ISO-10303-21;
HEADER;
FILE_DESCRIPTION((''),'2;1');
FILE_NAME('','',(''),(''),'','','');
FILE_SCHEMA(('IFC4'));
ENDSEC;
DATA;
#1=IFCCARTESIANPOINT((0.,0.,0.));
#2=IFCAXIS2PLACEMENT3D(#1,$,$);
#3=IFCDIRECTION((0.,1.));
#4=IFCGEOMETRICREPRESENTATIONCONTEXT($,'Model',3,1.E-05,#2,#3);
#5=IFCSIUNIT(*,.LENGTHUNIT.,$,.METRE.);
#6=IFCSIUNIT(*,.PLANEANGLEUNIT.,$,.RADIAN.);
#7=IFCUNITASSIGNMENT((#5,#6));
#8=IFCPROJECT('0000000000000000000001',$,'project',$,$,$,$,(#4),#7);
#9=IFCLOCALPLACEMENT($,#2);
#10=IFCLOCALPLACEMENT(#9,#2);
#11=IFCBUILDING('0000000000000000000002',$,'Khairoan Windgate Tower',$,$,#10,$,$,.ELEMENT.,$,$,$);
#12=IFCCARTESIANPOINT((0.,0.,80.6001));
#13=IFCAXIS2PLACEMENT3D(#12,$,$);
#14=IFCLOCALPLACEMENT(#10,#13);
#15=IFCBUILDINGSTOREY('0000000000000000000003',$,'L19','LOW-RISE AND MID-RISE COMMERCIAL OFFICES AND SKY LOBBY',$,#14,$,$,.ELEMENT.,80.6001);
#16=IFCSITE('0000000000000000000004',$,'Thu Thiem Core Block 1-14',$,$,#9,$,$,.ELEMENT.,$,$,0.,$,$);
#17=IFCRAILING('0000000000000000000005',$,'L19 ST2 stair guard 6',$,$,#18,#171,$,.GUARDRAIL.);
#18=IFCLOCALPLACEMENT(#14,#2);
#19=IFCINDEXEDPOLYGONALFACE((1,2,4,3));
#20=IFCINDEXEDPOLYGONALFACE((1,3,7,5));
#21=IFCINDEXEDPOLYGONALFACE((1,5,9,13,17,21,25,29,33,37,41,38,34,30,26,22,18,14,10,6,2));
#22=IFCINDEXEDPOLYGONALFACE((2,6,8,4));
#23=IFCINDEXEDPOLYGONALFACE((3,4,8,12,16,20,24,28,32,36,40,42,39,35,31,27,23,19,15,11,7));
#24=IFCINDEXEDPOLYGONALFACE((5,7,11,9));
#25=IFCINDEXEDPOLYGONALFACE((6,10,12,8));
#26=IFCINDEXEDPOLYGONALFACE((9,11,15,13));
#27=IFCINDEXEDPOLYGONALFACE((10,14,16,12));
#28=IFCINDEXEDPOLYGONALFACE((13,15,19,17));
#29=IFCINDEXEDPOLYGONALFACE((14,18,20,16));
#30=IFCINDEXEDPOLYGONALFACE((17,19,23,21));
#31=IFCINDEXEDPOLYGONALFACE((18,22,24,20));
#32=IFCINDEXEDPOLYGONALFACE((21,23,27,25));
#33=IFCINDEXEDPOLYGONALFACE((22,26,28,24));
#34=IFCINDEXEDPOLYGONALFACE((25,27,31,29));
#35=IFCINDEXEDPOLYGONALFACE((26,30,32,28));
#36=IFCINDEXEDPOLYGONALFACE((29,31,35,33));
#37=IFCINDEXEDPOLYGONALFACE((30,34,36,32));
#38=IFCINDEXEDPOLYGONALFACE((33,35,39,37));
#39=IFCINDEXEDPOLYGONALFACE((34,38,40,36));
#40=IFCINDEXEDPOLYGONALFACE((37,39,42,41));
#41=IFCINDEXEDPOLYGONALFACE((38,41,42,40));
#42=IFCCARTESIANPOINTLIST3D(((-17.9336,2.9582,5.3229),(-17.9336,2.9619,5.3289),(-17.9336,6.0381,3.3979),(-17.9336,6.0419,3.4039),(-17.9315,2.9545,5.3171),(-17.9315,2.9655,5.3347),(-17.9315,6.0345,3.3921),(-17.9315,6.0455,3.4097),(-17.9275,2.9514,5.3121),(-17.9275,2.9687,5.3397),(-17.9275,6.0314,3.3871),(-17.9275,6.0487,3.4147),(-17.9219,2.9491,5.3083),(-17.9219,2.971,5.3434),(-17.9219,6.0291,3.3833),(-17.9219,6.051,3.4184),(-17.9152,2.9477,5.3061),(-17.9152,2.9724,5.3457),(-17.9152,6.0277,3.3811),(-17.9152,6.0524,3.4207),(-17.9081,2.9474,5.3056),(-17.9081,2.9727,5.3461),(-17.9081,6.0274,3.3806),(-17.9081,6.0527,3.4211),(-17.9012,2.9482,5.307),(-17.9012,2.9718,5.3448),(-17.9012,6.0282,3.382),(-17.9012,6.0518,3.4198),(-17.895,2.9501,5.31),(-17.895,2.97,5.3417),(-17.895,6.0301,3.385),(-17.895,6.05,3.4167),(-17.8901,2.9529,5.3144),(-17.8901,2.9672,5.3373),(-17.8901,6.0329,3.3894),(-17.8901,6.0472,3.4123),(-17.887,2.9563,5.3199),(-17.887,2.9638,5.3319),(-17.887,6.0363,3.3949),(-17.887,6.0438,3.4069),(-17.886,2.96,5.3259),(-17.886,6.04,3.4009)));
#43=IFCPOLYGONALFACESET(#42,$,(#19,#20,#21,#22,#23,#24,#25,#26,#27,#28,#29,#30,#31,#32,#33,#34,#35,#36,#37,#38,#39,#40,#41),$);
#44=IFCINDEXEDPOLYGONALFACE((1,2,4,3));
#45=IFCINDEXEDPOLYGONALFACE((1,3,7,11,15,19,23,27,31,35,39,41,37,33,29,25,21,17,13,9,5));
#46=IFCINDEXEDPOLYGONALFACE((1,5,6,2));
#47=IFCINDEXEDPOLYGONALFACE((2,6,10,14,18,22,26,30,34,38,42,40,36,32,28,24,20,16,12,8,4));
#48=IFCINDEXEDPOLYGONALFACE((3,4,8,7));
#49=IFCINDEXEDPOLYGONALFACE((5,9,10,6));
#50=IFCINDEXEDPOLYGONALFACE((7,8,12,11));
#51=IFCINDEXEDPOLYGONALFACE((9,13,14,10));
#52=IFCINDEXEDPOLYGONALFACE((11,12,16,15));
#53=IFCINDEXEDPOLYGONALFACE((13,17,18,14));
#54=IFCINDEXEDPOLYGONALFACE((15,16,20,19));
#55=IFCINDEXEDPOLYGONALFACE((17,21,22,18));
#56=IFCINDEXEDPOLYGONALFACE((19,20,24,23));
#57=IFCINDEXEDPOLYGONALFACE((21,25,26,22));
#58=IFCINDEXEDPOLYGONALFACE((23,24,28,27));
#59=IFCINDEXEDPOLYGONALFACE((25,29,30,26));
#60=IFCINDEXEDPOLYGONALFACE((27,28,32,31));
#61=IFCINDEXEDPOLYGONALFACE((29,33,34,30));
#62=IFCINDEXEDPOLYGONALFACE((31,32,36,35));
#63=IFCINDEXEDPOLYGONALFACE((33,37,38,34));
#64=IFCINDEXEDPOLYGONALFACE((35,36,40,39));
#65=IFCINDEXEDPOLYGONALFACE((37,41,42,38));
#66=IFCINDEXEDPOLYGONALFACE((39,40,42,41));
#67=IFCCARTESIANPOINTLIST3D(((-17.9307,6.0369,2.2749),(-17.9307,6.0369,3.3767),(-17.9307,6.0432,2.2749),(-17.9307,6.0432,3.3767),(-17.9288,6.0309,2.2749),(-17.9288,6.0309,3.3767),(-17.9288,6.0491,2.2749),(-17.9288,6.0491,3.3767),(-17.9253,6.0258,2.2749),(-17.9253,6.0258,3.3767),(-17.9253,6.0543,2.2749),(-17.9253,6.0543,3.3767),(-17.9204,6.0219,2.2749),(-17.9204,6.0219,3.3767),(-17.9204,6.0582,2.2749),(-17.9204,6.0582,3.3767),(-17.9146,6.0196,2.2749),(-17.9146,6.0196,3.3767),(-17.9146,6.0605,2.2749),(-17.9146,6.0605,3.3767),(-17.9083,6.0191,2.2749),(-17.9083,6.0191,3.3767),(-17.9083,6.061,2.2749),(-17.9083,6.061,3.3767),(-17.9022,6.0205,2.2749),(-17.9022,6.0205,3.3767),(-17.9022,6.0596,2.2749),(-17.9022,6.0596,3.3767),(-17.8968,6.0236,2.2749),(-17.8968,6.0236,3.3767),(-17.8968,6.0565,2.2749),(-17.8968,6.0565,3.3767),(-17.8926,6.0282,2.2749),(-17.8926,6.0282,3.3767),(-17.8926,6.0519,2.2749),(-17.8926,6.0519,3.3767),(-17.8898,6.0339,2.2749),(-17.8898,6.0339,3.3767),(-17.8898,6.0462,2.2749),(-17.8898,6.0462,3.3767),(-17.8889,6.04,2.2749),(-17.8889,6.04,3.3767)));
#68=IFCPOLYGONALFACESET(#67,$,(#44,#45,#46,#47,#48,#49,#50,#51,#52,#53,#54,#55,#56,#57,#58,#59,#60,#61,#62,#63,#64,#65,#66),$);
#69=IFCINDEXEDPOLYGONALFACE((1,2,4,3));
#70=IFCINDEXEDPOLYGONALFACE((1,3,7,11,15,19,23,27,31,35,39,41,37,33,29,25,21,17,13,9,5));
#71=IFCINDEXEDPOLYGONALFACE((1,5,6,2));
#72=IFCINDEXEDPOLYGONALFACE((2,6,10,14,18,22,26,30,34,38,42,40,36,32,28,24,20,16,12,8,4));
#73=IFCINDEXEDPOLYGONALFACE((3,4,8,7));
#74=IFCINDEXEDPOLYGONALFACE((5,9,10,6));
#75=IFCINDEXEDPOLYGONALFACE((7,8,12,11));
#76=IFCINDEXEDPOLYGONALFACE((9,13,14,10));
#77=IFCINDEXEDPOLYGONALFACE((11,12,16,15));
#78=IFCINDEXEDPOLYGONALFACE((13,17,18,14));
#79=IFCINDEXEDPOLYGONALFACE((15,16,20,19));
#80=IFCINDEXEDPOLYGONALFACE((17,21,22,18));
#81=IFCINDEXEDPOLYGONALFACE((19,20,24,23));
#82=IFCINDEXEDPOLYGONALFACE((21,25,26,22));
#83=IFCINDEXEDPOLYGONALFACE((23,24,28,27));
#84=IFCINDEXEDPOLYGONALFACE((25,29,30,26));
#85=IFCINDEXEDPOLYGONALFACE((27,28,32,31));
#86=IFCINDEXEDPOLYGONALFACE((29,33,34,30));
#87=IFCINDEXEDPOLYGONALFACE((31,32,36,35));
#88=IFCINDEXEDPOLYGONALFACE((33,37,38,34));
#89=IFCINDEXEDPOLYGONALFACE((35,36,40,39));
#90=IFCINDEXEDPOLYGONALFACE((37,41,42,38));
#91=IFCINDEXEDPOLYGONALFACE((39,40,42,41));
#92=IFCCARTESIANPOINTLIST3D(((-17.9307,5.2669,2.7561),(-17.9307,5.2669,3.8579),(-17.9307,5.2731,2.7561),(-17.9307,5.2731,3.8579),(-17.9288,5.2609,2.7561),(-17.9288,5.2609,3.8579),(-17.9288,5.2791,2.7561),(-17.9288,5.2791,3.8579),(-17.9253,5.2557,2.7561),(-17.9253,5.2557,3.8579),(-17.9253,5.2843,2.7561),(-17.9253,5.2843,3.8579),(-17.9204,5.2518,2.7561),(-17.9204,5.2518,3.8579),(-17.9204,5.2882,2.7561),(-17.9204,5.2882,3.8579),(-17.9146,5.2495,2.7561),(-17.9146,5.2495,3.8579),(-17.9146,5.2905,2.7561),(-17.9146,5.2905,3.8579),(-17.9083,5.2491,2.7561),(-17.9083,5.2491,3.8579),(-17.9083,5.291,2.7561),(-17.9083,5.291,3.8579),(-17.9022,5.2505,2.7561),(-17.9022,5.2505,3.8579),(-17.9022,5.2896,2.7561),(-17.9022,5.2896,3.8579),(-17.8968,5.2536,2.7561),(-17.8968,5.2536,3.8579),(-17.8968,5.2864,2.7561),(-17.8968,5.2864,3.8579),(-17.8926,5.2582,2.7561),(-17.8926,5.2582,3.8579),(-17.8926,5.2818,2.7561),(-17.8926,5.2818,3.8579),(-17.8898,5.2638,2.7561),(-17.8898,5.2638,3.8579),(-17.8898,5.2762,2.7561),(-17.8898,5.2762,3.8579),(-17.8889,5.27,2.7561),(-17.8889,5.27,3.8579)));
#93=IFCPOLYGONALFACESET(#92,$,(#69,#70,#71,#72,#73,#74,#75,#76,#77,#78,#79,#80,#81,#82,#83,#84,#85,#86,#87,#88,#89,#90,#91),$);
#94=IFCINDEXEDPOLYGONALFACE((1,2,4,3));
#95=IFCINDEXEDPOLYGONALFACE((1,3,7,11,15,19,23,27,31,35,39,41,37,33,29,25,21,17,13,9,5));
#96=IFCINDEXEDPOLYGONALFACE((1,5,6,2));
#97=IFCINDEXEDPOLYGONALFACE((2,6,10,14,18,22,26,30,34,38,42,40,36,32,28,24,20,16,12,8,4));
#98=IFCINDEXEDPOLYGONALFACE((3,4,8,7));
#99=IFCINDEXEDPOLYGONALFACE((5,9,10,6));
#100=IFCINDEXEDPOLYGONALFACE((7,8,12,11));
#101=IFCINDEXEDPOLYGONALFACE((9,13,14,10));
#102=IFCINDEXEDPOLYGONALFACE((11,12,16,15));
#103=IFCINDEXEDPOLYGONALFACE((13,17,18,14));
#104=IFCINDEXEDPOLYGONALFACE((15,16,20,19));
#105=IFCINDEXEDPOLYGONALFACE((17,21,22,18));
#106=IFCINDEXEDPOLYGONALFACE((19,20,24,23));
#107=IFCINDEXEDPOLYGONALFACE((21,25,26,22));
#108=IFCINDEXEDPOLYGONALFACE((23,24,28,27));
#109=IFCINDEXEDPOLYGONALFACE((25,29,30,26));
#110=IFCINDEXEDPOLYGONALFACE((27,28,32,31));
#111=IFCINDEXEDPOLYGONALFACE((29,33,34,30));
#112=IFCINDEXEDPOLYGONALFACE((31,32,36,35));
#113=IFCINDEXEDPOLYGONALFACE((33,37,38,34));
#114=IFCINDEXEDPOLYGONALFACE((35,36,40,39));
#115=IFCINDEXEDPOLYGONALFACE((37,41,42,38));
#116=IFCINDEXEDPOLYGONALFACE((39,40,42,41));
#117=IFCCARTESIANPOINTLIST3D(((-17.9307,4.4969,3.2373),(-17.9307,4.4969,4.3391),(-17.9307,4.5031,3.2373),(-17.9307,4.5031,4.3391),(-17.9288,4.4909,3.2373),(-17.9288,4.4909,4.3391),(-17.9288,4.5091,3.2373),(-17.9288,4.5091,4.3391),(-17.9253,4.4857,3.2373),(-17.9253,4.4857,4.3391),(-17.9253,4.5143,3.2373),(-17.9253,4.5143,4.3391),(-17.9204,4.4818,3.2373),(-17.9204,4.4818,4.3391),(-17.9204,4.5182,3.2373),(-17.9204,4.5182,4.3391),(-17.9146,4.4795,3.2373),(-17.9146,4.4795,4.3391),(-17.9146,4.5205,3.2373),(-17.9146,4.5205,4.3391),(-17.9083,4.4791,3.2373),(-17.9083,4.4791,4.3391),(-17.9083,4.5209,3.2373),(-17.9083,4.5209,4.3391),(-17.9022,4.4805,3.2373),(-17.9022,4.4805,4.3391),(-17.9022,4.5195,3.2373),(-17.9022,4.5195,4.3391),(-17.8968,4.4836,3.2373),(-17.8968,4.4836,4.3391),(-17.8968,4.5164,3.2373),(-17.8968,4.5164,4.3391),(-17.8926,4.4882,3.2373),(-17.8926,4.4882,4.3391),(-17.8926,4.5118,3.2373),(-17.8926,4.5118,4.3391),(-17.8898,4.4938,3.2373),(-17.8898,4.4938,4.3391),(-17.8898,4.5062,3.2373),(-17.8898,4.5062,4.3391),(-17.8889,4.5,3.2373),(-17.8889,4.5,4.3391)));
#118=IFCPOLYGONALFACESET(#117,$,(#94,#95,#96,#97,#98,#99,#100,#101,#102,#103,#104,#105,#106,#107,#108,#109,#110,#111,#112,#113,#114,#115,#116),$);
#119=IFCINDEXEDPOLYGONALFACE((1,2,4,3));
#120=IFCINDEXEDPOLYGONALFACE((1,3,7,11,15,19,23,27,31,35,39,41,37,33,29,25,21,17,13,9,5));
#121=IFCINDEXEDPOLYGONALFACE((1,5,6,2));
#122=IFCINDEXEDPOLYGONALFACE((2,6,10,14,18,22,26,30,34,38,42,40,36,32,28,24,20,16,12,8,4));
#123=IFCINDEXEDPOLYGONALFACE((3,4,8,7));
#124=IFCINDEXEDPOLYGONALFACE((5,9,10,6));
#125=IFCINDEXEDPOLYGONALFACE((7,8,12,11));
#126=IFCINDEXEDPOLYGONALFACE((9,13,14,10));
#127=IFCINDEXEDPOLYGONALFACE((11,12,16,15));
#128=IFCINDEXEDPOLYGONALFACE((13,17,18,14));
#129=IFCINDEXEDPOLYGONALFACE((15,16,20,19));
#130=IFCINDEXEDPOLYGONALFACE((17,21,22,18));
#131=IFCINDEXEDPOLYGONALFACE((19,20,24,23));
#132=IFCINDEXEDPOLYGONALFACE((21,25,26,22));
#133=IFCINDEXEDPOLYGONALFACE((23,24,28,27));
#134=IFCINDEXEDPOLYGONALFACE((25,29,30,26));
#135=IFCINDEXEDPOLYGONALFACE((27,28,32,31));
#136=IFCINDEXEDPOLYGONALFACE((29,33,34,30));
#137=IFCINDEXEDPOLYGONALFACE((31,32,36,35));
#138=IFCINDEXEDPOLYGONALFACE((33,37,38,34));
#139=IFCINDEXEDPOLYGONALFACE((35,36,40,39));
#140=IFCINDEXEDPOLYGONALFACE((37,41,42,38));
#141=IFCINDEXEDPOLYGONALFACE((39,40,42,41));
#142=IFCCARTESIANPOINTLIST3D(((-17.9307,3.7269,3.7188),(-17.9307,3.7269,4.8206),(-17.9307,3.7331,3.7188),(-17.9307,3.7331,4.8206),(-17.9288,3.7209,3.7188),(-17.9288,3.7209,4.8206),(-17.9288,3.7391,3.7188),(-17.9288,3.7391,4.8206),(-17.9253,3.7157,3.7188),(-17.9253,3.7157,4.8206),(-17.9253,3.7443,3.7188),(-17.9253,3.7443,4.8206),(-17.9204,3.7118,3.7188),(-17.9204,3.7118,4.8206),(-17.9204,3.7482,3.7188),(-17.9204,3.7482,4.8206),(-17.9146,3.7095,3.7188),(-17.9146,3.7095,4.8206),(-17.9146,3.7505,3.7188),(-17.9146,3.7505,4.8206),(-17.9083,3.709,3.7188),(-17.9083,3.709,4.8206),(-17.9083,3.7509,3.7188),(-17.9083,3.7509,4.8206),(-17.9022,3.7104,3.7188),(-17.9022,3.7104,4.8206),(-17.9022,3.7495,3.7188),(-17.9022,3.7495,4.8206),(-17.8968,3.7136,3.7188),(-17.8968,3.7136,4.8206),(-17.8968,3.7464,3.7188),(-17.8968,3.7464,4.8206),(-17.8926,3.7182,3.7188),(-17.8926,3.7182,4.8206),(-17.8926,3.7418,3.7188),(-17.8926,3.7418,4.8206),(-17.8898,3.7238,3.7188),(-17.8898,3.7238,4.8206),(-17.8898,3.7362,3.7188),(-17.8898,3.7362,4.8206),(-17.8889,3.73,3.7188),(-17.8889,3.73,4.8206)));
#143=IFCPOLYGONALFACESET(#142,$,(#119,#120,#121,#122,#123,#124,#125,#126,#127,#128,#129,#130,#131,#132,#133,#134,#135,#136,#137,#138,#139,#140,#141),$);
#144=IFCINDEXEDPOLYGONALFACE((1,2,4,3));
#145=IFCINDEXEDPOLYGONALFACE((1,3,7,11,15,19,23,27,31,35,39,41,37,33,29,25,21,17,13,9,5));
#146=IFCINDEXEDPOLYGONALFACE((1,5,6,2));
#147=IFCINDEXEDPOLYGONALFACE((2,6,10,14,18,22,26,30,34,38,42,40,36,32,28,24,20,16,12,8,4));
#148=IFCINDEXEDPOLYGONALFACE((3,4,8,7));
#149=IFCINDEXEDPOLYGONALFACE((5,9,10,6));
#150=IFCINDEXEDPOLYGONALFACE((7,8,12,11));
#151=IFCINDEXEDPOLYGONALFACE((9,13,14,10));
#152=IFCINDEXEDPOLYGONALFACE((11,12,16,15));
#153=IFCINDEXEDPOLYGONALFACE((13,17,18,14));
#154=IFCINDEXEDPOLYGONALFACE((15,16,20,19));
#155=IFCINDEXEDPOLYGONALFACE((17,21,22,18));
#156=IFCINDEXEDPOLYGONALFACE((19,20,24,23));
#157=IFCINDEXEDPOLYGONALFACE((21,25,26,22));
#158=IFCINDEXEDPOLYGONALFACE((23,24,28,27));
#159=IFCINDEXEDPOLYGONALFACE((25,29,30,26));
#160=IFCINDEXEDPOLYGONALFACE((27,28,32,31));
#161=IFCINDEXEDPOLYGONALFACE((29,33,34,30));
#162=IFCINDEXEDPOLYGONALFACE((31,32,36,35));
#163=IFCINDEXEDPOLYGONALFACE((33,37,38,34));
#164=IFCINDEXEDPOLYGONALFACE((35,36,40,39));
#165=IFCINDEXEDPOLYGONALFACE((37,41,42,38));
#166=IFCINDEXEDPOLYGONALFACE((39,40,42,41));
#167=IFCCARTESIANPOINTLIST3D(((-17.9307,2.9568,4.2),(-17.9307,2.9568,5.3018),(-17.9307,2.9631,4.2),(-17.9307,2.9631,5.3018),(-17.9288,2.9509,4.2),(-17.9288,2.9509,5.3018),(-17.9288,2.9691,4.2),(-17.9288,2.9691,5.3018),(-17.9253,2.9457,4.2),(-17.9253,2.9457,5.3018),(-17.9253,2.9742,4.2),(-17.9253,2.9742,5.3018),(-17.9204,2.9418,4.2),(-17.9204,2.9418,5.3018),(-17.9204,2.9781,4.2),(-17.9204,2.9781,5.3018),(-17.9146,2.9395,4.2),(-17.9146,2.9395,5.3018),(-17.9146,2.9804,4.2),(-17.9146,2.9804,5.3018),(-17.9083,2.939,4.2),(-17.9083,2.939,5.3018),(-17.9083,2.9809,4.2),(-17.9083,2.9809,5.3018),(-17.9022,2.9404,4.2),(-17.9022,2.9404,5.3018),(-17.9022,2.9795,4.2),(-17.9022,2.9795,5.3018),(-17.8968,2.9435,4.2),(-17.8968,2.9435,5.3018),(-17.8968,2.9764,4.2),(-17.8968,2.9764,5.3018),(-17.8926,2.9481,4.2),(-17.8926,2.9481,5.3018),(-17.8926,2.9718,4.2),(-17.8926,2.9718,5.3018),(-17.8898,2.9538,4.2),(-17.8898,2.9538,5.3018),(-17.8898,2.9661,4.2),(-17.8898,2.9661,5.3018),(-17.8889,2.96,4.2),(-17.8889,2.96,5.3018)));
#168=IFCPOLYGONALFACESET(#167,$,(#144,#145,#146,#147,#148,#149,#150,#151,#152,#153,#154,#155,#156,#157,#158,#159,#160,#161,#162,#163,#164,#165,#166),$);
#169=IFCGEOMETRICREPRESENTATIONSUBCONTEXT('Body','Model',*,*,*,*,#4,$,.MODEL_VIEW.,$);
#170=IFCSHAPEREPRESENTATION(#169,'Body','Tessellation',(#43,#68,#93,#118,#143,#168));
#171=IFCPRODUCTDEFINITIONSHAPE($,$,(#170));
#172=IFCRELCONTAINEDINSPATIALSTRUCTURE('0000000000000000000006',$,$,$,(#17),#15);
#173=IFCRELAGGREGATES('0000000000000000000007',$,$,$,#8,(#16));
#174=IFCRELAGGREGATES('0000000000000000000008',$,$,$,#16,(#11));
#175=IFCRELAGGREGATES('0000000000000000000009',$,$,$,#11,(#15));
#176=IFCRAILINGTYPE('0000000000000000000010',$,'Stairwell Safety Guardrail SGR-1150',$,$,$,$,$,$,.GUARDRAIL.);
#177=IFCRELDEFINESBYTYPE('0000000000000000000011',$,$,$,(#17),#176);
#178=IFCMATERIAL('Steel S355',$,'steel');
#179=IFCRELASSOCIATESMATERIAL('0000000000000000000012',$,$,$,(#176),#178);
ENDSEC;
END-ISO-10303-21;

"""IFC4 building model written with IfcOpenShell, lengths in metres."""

from ifc_helpers import new_model, si_unit, direction, frame, origin, origin_2d, place, context, subcontext, project, spatial, circle, extrude, material, type_object, element, save


model = new_model("IFC4")

# Units and contexts
model_context = context("Model", 3, precision=1e-05, world=origin(), true_north=direction((0.0, 1.0)))
body_context = subcontext(model_context, "Body", "Model", "MODEL_VIEW")
ifc_project = project(units=[si_unit("LENGTHUNIT", "METRE"), si_unit("PLANEANGLEUNIT", "RADIAN")], contexts=[model_context])

# Site, building, storey
site_placement = place(None, origin())
site = spatial("IfcSite", under=ifc_project, at=site_placement, Name="Thu Thiem Core Block 1-14", CompositionType="ELEMENT", RefElevation=0.0)
building_placement = place(site_placement, origin())
building = spatial("IfcBuilding", under=site, at=building_placement, Name="Khairoan Windgate Tower", CompositionType="ELEMENT")
storey_placement = place(building_placement, frame((0.0, 0.0, 80.6001)))
storey = spatial("IfcBuildingStorey", under=building, at=storey_placement, Name="L19", Description="LOW-RISE AND MID-RISE COMMERCIAL OFFICES AND SKY LOBBY", CompositionType="ELEMENT", Elevation=80.6001)

# Railing
ifc_material_1 = material(Name="Steel S355", Category="steel")
railing_type_1 = type_object("IfcRailingType", Name="Stairwell Safety Guardrail SGR-1150", PredefinedType="GUARDRAIL", material=ifc_material_1)
railing_1_placement = place(storey_placement, frame((-17.9099, 6.04, 2.2749)))
element("IfcRailing", 1, at=railing_1_placement, inside=storey, type_object=railing_type_1, Name="L19 ST2 stair guard 6", PredefinedType="GUARDRAIL", context=body_context, shape_type="SweptSolid", body=[
    extrude(circle(Radius=0.0239, at=origin_2d()), frame((0.0, 0.0, 1.126), z_axis=(0.0, -0.847998, 0.529999), x_axis=(1.0, 0.0, 0.0)), (0.0, 0.0, 1.0), 3.6321),
    extrude(circle(Radius=0.021, at=origin_2d()), origin(), (0.0, 0.0, 1.0), 1.1018),
    extrude(circle(Radius=0.021, at=origin_2d()), frame((0.0, -0.77, 0.4812)), (0.0, 0.0, 1.0), 1.1018),
    extrude(circle(Radius=0.021, at=origin_2d()), frame((0.0, -1.54, 0.9624)), (0.0, 0.0, 1.0), 1.1018),
    extrude(circle(Radius=0.021, at=origin_2d()), frame((0.0, -2.3101, 1.4438)), (0.0, 0.0, 1.0), 1.1018),
    extrude(circle(Radius=0.021, at=origin_2d()), frame((0.0, -3.0801, 1.925)), (0.0, 0.0, 1.0), 1.1018),
])

save(model, "model.ifc")
